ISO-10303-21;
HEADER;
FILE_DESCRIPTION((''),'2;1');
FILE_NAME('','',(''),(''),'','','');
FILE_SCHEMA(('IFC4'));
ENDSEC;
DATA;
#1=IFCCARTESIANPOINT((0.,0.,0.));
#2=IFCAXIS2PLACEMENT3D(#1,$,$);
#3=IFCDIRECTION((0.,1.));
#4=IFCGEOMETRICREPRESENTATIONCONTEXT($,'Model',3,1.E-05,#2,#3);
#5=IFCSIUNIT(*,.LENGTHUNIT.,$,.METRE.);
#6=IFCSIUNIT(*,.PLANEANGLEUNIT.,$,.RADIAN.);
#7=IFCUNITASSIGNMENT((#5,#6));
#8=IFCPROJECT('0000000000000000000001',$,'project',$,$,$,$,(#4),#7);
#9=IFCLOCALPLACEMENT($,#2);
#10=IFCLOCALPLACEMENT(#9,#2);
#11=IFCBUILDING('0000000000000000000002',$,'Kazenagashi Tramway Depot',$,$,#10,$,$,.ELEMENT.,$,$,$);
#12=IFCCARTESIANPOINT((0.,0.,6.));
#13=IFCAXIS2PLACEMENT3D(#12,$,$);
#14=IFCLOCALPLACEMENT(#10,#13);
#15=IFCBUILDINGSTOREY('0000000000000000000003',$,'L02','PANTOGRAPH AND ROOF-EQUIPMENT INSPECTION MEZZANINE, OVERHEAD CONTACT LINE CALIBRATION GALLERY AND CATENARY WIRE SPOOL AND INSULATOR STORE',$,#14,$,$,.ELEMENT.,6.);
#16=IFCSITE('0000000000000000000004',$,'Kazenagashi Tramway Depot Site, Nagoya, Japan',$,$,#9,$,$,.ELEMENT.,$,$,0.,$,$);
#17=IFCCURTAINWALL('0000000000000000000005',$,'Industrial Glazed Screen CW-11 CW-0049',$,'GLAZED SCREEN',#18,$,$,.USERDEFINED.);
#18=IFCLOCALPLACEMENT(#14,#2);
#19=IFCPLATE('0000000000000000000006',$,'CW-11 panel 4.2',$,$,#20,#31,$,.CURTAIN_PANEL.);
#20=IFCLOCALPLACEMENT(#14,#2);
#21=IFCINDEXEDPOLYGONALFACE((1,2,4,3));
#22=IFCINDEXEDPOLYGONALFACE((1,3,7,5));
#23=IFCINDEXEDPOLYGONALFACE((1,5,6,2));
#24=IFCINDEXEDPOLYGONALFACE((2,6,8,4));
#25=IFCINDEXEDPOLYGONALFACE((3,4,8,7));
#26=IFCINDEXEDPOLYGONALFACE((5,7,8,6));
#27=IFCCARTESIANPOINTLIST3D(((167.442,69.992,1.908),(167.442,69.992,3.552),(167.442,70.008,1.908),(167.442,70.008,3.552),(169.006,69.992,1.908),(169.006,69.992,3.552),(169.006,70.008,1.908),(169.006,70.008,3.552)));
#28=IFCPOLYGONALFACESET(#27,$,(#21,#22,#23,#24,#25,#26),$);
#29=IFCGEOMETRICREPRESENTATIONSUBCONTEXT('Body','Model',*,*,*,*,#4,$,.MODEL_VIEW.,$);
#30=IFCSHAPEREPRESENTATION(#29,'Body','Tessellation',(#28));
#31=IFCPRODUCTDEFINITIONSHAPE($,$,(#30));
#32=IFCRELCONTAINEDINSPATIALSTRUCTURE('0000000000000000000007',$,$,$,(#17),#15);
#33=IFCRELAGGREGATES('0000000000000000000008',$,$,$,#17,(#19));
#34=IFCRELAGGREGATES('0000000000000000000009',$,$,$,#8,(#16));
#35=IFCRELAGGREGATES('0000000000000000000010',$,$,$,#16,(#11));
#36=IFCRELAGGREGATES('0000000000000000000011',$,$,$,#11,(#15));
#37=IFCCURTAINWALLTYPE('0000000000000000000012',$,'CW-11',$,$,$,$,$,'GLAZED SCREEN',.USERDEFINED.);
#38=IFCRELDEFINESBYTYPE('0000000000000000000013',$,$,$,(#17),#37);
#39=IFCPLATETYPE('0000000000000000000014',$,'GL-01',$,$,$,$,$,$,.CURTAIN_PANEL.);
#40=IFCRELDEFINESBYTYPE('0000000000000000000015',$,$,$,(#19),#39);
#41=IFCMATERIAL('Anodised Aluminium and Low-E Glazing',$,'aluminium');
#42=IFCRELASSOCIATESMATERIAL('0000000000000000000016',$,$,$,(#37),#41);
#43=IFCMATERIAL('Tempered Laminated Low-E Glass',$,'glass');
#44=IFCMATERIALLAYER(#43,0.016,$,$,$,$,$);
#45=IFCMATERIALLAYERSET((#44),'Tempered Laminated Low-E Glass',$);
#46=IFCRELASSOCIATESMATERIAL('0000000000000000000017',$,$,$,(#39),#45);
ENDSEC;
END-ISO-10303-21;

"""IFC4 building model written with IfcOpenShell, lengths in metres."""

from ifc_helpers import new_model, si_unit, direction, frame, origin, origin_2d, place, context, subcontext, project, spatial, rectangle, extrude, material, layer, layer_set, type_object, element, aggregate, save


model = new_model("IFC4")

# Units and contexts
model_context = context("Model", 3, precision=1e-05, world=origin(), true_north=direction((0.0, 1.0)))
body_context = subcontext(model_context, "Body", "Model", "MODEL_VIEW")
ifc_project = project(units=[si_unit("LENGTHUNIT", "METRE"), si_unit("PLANEANGLEUNIT", "RADIAN")], contexts=[model_context])

# Site, building, storey
site_placement = place(None, origin())
site = spatial("IfcSite", under=ifc_project, at=site_placement, Name="Kazenagashi Tramway Depot Site, Nagoya, Japan", CompositionType="ELEMENT", RefElevation=0.0)
building_placement = place(site_placement, origin())
building = spatial("IfcBuilding", under=site, at=building_placement, Name="Kazenagashi Tramway Depot", CompositionType="ELEMENT")
storey_placement = place(building_placement, frame((0.0, 0.0, 6.0)))
storey = spatial("IfcBuildingStorey", under=building, at=storey_placement, Name="L02", Description="PANTOGRAPH AND ROOF-EQUIPMENT INSPECTION MEZZANINE, OVERHEAD CONTACT LINE CALIBRATION GALLERY AND CATENARY WIRE SPOOL AND INSULATOR STORE", CompositionType="ELEMENT", Elevation=6.0)

# Shared definitions
ifc_material_1 = material(Name="Anodised Aluminium and Low-E Glazing", Category="aluminium")
curtain_wall_type = type_object("IfcCurtainWallType", Name="CW-11", ElementType="GLAZED SCREEN", PredefinedType="USERDEFINED", material=ifc_material_1)

# Curtain wall
curtain_wall_1_placement = place(storey_placement, origin())
curtain_wall_1 = element("IfcCurtainWall", 1, at=curtain_wall_1_placement, inside=storey, type_object=curtain_wall_type, Name="Industrial Glazed Screen CW-11 CW-0049", ObjectType="GLAZED SCREEN", PredefinedType="USERDEFINED")

# Plate
ifc_material_2 = material(Name="Tempered Laminated Low-E Glass", Category="glass")
ifc_layer = layer(ifc_material_2, 0.016)
ifc_layer_set = layer_set([ifc_layer], Name="Tempered Laminated Low-E Glass")
plate_type = type_object("IfcPlateType", Name="GL-01", PredefinedType="CURTAIN_PANEL", material=ifc_layer_set)
plate_1_placement = place(storey_placement, frame((168.224, 70.0, 1.908), z_axis=(0.0, 0.0, 1.0), x_axis=(1.0, 0.0, 0.0)))
plate_1 = element("IfcPlate", 2, at=plate_1_placement, type_object=plate_type, Name="CW-11 panel 4.2", PredefinedType="CURTAIN_PANEL", context=body_context, shape_type="SweptSolid", body=[
    extrude(rectangle(XDim=1.564, YDim=0.016, at=origin_2d()), origin(), (0.0, 0.0, 1.0), 1.644),
])
aggregate(curtain_wall_1, [plate_1])

save(model, "model.ifc")
